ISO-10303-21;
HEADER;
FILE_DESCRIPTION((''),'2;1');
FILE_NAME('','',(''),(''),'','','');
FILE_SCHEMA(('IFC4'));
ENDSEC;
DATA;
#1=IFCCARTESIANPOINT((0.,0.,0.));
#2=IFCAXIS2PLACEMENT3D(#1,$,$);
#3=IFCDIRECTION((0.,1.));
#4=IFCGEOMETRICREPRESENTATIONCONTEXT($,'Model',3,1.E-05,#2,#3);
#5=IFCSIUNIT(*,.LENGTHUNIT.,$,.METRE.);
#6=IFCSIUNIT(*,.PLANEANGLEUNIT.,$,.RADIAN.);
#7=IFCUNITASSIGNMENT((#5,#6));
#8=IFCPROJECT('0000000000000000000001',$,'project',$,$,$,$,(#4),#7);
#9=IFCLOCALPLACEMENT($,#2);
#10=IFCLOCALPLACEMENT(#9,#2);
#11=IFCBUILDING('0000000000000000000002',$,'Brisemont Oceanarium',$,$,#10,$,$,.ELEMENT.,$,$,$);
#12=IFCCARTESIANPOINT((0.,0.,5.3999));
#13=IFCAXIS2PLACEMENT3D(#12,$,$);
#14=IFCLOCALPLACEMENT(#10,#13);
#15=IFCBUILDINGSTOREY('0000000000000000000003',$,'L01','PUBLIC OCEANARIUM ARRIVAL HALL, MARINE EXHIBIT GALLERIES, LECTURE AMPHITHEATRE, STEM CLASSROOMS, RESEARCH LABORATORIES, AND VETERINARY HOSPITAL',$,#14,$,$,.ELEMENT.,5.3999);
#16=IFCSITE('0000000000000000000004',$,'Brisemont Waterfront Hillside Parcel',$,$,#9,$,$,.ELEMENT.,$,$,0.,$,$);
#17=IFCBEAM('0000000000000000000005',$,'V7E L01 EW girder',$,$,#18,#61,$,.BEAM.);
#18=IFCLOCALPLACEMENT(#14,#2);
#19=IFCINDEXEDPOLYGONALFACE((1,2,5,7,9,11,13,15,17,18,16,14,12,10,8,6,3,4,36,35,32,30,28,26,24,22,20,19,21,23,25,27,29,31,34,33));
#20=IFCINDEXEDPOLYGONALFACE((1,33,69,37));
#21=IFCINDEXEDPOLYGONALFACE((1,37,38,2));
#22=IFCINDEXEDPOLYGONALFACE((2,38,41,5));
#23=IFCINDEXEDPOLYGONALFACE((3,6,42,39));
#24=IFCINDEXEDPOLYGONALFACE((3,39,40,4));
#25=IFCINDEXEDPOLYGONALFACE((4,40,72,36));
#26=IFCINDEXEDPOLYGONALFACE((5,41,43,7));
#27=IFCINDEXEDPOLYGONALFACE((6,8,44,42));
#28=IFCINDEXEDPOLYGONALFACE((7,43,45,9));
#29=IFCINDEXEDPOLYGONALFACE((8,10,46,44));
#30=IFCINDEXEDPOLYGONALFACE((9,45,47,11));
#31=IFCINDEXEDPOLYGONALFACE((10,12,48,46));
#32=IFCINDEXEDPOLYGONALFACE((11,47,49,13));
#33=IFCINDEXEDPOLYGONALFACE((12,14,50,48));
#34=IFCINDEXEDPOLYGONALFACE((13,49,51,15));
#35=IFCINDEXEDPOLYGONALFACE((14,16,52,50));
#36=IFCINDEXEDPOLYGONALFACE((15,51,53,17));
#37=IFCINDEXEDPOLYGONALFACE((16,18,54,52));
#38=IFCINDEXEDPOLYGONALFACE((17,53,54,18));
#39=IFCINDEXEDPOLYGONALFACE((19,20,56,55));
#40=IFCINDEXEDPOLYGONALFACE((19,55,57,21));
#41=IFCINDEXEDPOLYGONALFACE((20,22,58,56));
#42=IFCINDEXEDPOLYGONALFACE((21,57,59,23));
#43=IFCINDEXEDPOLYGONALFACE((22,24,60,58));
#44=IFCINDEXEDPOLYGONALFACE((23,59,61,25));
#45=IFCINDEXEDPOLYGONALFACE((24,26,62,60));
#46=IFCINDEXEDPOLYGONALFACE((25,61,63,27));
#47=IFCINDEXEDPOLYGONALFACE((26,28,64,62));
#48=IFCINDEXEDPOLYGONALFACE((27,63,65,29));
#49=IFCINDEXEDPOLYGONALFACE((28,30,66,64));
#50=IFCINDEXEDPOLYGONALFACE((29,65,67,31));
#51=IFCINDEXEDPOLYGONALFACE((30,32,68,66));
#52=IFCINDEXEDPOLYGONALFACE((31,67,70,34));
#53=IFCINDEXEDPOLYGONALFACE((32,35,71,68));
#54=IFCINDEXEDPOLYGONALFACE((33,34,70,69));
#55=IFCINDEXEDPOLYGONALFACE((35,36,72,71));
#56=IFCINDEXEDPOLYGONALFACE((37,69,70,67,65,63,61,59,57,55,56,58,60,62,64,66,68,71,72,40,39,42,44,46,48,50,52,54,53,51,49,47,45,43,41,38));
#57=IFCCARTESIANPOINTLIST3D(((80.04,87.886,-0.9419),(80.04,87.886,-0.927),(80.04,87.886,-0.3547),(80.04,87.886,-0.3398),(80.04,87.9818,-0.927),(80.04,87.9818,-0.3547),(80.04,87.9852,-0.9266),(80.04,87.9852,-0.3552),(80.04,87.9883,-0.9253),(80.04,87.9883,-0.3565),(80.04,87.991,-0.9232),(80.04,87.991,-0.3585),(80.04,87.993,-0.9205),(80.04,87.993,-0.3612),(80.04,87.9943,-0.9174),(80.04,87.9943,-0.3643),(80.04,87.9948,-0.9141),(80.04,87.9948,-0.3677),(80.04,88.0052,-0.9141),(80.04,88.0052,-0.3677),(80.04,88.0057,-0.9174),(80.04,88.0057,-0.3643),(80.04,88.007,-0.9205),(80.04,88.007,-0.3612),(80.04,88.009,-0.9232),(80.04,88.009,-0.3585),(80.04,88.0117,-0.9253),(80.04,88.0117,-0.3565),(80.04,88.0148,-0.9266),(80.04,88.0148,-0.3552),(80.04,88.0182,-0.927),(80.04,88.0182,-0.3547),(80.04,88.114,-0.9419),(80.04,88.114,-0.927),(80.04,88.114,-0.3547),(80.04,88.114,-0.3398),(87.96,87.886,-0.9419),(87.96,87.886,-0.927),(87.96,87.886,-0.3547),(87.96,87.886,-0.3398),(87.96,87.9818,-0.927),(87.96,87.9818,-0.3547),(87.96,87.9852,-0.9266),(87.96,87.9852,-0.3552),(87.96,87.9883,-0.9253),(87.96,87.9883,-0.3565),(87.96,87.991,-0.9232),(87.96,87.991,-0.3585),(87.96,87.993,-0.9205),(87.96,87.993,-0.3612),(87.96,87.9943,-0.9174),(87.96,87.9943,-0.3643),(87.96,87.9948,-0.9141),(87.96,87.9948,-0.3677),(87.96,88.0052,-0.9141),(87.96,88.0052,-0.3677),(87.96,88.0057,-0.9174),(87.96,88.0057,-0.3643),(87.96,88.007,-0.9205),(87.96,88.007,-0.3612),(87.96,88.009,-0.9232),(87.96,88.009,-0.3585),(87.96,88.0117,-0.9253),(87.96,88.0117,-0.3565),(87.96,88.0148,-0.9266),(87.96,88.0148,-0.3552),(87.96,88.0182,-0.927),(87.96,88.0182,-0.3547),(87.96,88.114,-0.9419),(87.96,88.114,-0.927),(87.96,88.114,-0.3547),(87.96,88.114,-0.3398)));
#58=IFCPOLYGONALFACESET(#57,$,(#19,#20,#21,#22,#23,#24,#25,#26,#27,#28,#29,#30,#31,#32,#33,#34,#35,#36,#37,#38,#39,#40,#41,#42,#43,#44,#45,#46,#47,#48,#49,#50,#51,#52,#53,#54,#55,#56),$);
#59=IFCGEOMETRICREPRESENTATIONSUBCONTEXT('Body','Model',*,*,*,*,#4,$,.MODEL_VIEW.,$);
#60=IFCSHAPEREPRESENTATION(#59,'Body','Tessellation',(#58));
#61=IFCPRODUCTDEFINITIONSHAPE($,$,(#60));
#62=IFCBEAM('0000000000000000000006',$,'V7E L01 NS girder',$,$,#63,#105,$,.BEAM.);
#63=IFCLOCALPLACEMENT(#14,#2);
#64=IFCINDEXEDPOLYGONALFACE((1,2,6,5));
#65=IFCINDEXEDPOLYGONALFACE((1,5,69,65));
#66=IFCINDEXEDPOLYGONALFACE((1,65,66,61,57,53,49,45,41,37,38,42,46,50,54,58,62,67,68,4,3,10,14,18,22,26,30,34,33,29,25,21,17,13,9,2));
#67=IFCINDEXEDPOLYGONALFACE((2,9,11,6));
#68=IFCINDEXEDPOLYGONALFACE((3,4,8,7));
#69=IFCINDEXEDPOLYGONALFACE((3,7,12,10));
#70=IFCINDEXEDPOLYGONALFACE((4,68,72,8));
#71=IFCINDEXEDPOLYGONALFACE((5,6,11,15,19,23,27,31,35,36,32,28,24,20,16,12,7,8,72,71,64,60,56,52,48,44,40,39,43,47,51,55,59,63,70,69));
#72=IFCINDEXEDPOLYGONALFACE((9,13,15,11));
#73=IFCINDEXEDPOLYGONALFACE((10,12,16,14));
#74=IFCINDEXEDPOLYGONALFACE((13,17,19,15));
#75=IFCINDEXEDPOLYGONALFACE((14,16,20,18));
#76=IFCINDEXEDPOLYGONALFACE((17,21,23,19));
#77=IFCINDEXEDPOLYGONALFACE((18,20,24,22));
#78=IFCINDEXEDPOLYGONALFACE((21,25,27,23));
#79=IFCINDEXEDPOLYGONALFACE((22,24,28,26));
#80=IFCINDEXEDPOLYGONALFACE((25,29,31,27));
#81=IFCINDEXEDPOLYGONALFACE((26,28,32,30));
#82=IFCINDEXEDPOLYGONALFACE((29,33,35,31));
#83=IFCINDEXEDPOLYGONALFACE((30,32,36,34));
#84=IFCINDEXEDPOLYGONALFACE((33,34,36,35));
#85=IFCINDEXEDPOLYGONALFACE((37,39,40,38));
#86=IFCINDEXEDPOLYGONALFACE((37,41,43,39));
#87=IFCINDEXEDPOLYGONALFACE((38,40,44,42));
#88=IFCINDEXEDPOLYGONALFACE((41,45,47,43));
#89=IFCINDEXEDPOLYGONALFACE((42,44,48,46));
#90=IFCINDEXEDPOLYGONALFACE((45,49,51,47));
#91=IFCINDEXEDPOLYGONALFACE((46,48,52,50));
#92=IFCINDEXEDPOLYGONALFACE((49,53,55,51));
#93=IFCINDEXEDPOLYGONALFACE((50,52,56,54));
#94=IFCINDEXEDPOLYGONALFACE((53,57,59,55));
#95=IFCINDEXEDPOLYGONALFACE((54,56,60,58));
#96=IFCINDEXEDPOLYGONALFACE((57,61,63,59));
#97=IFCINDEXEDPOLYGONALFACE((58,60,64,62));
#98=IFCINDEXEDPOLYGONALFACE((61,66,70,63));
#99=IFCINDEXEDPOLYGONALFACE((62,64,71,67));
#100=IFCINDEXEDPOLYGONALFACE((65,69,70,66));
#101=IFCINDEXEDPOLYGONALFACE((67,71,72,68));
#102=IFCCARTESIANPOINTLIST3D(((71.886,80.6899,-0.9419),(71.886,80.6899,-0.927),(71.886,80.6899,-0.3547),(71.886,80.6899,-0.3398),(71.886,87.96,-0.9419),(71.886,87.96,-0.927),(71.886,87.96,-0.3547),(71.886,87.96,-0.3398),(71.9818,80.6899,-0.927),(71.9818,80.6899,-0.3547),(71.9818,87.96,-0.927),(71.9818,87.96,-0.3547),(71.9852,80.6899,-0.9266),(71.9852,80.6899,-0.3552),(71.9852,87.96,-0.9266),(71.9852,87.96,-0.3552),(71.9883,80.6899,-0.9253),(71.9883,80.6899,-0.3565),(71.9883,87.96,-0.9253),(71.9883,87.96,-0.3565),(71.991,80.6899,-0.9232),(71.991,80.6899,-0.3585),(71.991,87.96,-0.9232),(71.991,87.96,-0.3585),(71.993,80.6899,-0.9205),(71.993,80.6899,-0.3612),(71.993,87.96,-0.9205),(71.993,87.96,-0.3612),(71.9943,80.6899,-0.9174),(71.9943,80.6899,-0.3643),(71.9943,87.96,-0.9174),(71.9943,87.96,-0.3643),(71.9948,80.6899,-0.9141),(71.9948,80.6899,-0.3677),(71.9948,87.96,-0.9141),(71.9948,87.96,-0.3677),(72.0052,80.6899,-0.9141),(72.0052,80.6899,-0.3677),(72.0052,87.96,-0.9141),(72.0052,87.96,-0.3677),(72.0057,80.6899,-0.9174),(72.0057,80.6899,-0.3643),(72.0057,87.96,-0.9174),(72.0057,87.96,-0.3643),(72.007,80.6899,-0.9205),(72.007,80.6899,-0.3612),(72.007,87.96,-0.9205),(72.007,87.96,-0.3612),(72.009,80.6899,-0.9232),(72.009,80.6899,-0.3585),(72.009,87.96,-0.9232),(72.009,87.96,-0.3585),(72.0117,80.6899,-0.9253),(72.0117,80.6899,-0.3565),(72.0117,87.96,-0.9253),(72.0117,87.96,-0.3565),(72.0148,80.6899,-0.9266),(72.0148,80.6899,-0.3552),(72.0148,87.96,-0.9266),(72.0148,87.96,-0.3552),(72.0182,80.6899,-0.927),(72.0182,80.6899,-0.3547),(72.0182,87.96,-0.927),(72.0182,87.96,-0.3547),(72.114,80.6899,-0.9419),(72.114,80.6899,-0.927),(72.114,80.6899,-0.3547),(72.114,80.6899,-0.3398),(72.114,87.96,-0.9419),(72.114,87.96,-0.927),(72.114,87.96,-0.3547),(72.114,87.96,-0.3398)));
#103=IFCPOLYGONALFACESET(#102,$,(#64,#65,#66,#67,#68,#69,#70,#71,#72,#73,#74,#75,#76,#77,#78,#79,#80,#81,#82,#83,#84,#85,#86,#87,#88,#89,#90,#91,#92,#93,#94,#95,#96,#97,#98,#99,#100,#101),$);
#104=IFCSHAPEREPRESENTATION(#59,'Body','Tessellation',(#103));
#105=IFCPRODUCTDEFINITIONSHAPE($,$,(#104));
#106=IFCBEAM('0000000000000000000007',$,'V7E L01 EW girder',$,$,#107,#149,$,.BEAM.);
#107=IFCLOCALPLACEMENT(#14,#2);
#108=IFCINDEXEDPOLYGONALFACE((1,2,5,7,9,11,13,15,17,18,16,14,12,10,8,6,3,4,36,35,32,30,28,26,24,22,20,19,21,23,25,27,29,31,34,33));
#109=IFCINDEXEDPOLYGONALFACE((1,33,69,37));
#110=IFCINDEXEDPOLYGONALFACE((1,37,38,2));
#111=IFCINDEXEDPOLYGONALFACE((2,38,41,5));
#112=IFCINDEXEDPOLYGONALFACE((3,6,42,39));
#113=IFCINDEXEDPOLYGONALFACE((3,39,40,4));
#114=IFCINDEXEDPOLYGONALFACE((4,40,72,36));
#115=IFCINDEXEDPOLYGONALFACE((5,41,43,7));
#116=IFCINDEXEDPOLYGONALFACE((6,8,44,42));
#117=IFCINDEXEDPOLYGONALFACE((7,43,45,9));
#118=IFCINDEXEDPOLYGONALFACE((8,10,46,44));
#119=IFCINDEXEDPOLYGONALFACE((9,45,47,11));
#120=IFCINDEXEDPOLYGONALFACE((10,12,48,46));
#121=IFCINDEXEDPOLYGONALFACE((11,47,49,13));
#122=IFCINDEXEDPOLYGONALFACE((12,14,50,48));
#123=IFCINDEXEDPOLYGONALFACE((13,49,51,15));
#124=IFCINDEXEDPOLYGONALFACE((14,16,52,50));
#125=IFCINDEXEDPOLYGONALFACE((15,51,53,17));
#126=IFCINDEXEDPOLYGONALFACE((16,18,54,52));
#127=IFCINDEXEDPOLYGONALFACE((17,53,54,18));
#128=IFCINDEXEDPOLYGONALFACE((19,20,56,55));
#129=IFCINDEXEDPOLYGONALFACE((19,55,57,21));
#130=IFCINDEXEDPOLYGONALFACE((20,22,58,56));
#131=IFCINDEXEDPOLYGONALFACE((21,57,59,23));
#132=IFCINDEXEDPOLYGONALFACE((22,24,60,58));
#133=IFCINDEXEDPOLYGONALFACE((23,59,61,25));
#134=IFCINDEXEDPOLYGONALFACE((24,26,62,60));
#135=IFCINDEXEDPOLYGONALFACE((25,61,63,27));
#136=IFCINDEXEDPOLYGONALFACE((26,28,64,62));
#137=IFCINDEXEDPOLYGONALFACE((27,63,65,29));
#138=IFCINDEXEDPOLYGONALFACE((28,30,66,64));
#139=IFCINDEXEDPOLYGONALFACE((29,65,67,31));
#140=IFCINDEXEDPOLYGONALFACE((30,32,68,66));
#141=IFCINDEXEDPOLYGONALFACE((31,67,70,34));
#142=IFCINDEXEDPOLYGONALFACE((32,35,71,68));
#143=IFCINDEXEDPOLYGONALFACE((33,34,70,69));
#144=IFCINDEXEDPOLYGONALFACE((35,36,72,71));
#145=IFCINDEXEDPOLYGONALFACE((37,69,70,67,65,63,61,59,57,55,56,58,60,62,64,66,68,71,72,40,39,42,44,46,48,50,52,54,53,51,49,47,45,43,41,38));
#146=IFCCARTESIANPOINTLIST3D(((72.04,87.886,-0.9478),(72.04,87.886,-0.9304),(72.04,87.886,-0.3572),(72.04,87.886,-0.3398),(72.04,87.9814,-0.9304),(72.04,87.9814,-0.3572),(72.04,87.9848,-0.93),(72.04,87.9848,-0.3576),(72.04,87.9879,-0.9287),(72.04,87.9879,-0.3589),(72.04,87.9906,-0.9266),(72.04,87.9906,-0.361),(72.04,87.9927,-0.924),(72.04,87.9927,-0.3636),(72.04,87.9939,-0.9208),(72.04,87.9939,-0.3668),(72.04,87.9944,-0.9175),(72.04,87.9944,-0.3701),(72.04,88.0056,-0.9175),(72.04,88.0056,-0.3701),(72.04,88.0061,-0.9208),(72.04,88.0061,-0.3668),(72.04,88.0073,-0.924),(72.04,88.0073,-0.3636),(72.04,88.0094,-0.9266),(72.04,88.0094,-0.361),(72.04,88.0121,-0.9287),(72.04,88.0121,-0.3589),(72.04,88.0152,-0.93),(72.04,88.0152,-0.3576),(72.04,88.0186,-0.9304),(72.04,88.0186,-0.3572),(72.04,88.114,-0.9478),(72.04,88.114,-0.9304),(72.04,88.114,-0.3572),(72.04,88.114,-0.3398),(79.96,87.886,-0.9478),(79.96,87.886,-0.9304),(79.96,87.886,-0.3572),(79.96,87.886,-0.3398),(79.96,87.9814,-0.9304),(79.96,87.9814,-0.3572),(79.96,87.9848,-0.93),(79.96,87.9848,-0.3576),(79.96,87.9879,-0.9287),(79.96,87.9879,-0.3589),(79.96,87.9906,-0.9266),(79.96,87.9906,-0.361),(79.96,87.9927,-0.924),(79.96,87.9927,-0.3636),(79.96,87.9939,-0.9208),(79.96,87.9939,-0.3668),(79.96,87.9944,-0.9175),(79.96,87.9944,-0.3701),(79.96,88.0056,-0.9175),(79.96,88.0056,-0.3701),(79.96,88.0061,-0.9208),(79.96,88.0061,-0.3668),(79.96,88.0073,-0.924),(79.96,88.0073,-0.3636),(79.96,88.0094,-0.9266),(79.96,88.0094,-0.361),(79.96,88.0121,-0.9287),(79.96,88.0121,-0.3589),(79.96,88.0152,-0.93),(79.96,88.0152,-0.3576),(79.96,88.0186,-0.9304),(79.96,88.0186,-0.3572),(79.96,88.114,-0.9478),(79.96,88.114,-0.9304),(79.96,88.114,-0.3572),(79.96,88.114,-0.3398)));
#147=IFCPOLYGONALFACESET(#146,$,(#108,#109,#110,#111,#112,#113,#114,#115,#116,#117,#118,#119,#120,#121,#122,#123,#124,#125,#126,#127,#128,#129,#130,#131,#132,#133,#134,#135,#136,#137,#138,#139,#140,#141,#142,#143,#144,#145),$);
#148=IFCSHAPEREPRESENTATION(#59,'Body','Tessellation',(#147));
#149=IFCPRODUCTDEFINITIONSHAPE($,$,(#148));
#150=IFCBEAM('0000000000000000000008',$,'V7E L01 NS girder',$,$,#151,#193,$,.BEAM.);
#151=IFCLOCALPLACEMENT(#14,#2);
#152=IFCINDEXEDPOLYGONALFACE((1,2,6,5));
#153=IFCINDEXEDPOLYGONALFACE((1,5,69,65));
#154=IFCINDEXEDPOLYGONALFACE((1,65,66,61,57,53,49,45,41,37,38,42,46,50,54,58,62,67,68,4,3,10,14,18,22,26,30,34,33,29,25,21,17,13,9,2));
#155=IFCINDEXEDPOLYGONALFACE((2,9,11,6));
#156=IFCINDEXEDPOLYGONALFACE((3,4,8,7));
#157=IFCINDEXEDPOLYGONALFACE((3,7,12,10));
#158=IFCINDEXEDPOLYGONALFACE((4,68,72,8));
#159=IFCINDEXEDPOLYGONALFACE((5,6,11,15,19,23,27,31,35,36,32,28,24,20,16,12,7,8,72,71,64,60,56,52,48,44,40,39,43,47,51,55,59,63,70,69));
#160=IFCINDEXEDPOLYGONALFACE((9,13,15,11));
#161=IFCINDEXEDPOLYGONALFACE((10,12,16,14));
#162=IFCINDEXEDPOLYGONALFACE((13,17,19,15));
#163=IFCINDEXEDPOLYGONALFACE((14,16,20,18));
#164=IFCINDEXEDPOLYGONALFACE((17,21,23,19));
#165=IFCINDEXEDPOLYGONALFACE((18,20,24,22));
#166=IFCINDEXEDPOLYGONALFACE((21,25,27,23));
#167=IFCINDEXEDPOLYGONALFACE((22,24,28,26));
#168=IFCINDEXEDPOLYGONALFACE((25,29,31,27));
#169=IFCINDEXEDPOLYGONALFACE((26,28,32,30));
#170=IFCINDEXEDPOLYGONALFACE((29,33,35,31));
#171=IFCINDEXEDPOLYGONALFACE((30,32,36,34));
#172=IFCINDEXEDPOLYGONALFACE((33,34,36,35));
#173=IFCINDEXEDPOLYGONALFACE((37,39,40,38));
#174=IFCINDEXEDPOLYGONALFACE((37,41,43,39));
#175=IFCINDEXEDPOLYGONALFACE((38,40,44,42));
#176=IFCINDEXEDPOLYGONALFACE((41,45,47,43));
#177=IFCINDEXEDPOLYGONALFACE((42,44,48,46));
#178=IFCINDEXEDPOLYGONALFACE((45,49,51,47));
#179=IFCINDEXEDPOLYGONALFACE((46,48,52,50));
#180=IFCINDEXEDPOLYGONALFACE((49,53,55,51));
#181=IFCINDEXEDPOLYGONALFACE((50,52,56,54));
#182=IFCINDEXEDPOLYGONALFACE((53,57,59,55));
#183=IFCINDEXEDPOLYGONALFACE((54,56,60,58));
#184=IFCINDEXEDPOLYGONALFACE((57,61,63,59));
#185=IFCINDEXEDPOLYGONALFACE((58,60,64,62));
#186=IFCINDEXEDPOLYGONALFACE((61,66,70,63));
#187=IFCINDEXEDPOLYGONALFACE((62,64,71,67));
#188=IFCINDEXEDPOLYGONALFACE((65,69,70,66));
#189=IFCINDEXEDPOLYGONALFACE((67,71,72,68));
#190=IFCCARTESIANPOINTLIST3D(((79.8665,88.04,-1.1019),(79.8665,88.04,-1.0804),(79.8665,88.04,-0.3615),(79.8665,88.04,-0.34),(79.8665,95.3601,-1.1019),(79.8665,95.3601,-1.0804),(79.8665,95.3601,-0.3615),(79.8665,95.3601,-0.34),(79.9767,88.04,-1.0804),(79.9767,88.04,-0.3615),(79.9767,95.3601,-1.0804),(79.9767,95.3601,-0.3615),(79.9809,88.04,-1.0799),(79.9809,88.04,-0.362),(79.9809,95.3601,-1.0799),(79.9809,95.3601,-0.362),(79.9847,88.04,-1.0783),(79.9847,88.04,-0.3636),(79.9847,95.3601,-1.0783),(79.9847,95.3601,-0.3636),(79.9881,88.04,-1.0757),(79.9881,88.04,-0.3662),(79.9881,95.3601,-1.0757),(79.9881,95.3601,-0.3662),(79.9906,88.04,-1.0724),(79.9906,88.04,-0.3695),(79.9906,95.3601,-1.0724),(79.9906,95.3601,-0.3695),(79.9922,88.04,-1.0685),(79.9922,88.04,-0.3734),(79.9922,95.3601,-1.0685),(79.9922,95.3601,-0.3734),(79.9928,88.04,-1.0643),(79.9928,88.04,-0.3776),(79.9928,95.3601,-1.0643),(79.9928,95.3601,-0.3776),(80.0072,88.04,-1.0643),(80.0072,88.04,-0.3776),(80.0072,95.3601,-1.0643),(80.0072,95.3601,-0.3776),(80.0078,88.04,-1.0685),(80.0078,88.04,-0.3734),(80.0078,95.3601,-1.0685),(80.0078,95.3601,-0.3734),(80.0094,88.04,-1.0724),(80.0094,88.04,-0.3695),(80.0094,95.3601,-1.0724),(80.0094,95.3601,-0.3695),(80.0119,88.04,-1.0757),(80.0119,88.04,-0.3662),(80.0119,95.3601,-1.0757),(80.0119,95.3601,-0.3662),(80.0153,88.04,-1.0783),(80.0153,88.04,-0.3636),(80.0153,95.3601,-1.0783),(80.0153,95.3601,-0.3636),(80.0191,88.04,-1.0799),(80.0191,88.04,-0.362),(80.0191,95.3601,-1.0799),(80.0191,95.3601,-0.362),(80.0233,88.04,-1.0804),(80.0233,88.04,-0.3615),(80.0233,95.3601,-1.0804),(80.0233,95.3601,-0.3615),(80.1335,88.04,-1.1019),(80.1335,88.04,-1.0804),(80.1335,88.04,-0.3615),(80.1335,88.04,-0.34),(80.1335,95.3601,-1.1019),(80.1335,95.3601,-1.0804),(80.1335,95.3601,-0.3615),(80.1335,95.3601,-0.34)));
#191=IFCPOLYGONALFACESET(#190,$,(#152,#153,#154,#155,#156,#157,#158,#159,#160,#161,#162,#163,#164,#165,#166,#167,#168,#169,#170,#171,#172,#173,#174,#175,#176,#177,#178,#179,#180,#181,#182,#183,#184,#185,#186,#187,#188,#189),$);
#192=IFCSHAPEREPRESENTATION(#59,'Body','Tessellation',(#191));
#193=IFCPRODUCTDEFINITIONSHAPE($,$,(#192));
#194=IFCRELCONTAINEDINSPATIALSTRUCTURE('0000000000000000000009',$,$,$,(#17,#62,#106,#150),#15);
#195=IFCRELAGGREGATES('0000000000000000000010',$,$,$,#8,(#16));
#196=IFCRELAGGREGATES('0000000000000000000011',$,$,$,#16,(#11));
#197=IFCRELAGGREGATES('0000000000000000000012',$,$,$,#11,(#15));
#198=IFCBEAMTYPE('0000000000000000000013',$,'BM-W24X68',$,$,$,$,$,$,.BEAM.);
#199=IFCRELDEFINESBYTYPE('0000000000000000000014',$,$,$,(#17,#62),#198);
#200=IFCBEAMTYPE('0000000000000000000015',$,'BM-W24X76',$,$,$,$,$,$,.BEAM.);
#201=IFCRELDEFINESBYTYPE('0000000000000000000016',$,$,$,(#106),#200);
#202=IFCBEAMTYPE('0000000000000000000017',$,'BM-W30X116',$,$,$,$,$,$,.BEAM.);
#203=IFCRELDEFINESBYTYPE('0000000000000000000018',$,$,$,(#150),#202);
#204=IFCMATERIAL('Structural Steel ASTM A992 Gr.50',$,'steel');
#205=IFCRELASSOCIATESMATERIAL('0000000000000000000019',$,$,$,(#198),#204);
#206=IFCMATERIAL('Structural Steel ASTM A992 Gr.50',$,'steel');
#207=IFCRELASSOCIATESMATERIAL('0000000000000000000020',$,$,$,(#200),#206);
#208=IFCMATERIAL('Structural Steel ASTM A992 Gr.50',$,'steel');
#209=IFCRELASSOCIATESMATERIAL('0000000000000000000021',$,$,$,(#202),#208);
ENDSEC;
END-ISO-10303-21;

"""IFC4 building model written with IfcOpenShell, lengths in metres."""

from ifc_helpers import new_model, si_unit, direction, frame, origin, origin_2d, place, context, subcontext, project, spatial, i_section, extrude, material, material_profile, profile_set, type_object, element, save


model = new_model("IFC4")

# Units and contexts
model_context = context("Model", 3, precision=1e-05, world=origin(), true_north=direction((0.0, 1.0)))
body_context = subcontext(model_context, "Body", "Model", "MODEL_VIEW")
ifc_project = project(units=[si_unit("LENGTHUNIT", "METRE"), si_unit("PLANEANGLEUNIT", "RADIAN")], contexts=[model_context])

# Site, building, storey
site_placement = place(None, origin())
site = spatial("IfcSite", under=ifc_project, at=site_placement, Name="Brisemont Waterfront Hillside Parcel", CompositionType="ELEMENT", RefElevation=0.0)
building_placement = place(site_placement, origin())
building = spatial("IfcBuilding", under=site, at=building_placement, Name="Brisemont Oceanarium", CompositionType="ELEMENT")
storey_placement = place(building_placement, frame((0.0, 0.0, 5.3999)))
storey = spatial("IfcBuildingStorey", under=building, at=storey_placement, Name="L01", Description="PUBLIC OCEANARIUM ARRIVAL HALL, MARINE EXHIBIT GALLERIES, LECTURE AMPHITHEATRE, STEM CLASSROOMS, RESEARCH LABORATORIES, AND VETERINARY HOSPITAL", CompositionType="ELEMENT", Elevation=5.3999)

# Beams
ifc_material_1 = material(Name="Structural Steel ASTM A992 Gr.50", Category="steel")
ifc_material_profile_1 = material_profile(ifc_material_1, i_section(OverallWidth=0.228, OverallDepth=0.6021, WebThickness=0.0105, FlangeThickness=0.0149, FilletRadius=0.0129, at=origin_2d()), Name="W24X68")
ifc_profile_set_1 = profile_set([ifc_material_profile_1], Name="Structural Steel ASTM A992 Gr.50")
beam_type_1 = type_object("IfcBeamType", Name="BM-W24X68", PredefinedType="BEAM", material=ifc_profile_set_1)
beam_1_placement = place(storey_placement, frame((80.04, 88.0, -0.6409), z_axis=(1.0, 0.0, 0.0), x_axis=(0.0, 1.0, 0.0)))
element("IfcBeam", 1, at=beam_1_placement, inside=storey, type_object=beam_type_1, Name="V7E L01 EW girder", PredefinedType="BEAM", context=body_context, shape_type="SweptSolid", body=[
    extrude(i_section(OverallWidth=0.228, OverallDepth=0.6021, WebThickness=0.0105, FlangeThickness=0.0149, FilletRadius=0.0129, at=origin_2d()), origin(), (0.0, 0.0, 1.0), 7.9199),
])
beam_2_placement = place(storey_placement, frame((72.0, 80.6899, -0.6409), z_axis=(0.0, 1.0, 0.0), x_axis=(-1.0, 0.0, 0.0)))
element("IfcBeam", 2, at=beam_2_placement, inside=storey, type_object=beam_type_1, Name="V7E L01 NS girder", PredefinedType="BEAM", context=body_context, shape_type="SweptSolid", body=[
    extrude(i_section(OverallWidth=0.228, OverallDepth=0.6021, WebThickness=0.0105, FlangeThickness=0.0149, FilletRadius=0.0129, at=origin_2d()), origin(), (0.0, 0.0, 1.0), 7.27),
])
ifc_material_2 = material(Name="Structural Steel ASTM A992 Gr.50", Category="steel")
ifc_material_profile_2 = material_profile(ifc_material_2, i_section(OverallWidth=0.228, OverallDepth=0.6079, WebThickness=0.0112, FlangeThickness=0.0173, FilletRadius=0.0129, at=origin_2d()), Name="W24X76")
ifc_profile_set_2 = profile_set([ifc_material_profile_2], Name="Structural Steel ASTM A992 Gr.50")
beam_type_2 = type_object("IfcBeamType", Name="BM-W24X76", PredefinedType="BEAM", material=ifc_profile_set_2)
beam_3_placement = place(storey_placement, frame((72.04, 88.0, -0.6438), z_axis=(1.0, 0.0, 0.0), x_axis=(0.0, 1.0, 0.0)))
element("IfcBeam", 3, at=beam_3_placement, inside=storey, type_object=beam_type_2, Name="V7E L01 EW girder", PredefinedType="BEAM", context=body_context, shape_type="SweptSolid", body=[
    extrude(i_section(OverallWidth=0.228, OverallDepth=0.6079, WebThickness=0.0112, FlangeThickness=0.0173, FilletRadius=0.0129, at=origin_2d()), origin(), (0.0, 0.0, 1.0), 7.9199),
])
ifc_material_3 = material(Name="Structural Steel ASTM A992 Gr.50", Category="steel")
ifc_material_profile_3 = material_profile(ifc_material_3, i_section(OverallWidth=0.2671, OverallDepth=0.762, WebThickness=0.0144, FlangeThickness=0.0215, FilletRadius=0.0161, at=origin_2d()), Name="W30X116")
ifc_profile_set_3 = profile_set([ifc_material_profile_3], Name="Structural Steel ASTM A992 Gr.50")
beam_type_3 = type_object("IfcBeamType", Name="BM-W30X116", PredefinedType="BEAM", material=ifc_profile_set_3)
beam_4_placement = place(storey_placement, frame((80.0, 88.04, -0.7209), z_axis=(0.0, 1.0, 0.0), x_axis=(-1.0, 0.0, 0.0)))
element("IfcBeam", 4, at=beam_4_placement, inside=storey, type_object=beam_type_3, Name="V7E L01 NS girder", PredefinedType="BEAM", context=body_context, shape_type="SweptSolid", body=[
    extrude(i_section(OverallWidth=0.2671, OverallDepth=0.762, WebThickness=0.0144, FlangeThickness=0.0215, FilletRadius=0.0161, at=origin_2d()), origin(), (0.0, 0.0, 1.0), 7.3201),
])

save(model, "model.ifc")
